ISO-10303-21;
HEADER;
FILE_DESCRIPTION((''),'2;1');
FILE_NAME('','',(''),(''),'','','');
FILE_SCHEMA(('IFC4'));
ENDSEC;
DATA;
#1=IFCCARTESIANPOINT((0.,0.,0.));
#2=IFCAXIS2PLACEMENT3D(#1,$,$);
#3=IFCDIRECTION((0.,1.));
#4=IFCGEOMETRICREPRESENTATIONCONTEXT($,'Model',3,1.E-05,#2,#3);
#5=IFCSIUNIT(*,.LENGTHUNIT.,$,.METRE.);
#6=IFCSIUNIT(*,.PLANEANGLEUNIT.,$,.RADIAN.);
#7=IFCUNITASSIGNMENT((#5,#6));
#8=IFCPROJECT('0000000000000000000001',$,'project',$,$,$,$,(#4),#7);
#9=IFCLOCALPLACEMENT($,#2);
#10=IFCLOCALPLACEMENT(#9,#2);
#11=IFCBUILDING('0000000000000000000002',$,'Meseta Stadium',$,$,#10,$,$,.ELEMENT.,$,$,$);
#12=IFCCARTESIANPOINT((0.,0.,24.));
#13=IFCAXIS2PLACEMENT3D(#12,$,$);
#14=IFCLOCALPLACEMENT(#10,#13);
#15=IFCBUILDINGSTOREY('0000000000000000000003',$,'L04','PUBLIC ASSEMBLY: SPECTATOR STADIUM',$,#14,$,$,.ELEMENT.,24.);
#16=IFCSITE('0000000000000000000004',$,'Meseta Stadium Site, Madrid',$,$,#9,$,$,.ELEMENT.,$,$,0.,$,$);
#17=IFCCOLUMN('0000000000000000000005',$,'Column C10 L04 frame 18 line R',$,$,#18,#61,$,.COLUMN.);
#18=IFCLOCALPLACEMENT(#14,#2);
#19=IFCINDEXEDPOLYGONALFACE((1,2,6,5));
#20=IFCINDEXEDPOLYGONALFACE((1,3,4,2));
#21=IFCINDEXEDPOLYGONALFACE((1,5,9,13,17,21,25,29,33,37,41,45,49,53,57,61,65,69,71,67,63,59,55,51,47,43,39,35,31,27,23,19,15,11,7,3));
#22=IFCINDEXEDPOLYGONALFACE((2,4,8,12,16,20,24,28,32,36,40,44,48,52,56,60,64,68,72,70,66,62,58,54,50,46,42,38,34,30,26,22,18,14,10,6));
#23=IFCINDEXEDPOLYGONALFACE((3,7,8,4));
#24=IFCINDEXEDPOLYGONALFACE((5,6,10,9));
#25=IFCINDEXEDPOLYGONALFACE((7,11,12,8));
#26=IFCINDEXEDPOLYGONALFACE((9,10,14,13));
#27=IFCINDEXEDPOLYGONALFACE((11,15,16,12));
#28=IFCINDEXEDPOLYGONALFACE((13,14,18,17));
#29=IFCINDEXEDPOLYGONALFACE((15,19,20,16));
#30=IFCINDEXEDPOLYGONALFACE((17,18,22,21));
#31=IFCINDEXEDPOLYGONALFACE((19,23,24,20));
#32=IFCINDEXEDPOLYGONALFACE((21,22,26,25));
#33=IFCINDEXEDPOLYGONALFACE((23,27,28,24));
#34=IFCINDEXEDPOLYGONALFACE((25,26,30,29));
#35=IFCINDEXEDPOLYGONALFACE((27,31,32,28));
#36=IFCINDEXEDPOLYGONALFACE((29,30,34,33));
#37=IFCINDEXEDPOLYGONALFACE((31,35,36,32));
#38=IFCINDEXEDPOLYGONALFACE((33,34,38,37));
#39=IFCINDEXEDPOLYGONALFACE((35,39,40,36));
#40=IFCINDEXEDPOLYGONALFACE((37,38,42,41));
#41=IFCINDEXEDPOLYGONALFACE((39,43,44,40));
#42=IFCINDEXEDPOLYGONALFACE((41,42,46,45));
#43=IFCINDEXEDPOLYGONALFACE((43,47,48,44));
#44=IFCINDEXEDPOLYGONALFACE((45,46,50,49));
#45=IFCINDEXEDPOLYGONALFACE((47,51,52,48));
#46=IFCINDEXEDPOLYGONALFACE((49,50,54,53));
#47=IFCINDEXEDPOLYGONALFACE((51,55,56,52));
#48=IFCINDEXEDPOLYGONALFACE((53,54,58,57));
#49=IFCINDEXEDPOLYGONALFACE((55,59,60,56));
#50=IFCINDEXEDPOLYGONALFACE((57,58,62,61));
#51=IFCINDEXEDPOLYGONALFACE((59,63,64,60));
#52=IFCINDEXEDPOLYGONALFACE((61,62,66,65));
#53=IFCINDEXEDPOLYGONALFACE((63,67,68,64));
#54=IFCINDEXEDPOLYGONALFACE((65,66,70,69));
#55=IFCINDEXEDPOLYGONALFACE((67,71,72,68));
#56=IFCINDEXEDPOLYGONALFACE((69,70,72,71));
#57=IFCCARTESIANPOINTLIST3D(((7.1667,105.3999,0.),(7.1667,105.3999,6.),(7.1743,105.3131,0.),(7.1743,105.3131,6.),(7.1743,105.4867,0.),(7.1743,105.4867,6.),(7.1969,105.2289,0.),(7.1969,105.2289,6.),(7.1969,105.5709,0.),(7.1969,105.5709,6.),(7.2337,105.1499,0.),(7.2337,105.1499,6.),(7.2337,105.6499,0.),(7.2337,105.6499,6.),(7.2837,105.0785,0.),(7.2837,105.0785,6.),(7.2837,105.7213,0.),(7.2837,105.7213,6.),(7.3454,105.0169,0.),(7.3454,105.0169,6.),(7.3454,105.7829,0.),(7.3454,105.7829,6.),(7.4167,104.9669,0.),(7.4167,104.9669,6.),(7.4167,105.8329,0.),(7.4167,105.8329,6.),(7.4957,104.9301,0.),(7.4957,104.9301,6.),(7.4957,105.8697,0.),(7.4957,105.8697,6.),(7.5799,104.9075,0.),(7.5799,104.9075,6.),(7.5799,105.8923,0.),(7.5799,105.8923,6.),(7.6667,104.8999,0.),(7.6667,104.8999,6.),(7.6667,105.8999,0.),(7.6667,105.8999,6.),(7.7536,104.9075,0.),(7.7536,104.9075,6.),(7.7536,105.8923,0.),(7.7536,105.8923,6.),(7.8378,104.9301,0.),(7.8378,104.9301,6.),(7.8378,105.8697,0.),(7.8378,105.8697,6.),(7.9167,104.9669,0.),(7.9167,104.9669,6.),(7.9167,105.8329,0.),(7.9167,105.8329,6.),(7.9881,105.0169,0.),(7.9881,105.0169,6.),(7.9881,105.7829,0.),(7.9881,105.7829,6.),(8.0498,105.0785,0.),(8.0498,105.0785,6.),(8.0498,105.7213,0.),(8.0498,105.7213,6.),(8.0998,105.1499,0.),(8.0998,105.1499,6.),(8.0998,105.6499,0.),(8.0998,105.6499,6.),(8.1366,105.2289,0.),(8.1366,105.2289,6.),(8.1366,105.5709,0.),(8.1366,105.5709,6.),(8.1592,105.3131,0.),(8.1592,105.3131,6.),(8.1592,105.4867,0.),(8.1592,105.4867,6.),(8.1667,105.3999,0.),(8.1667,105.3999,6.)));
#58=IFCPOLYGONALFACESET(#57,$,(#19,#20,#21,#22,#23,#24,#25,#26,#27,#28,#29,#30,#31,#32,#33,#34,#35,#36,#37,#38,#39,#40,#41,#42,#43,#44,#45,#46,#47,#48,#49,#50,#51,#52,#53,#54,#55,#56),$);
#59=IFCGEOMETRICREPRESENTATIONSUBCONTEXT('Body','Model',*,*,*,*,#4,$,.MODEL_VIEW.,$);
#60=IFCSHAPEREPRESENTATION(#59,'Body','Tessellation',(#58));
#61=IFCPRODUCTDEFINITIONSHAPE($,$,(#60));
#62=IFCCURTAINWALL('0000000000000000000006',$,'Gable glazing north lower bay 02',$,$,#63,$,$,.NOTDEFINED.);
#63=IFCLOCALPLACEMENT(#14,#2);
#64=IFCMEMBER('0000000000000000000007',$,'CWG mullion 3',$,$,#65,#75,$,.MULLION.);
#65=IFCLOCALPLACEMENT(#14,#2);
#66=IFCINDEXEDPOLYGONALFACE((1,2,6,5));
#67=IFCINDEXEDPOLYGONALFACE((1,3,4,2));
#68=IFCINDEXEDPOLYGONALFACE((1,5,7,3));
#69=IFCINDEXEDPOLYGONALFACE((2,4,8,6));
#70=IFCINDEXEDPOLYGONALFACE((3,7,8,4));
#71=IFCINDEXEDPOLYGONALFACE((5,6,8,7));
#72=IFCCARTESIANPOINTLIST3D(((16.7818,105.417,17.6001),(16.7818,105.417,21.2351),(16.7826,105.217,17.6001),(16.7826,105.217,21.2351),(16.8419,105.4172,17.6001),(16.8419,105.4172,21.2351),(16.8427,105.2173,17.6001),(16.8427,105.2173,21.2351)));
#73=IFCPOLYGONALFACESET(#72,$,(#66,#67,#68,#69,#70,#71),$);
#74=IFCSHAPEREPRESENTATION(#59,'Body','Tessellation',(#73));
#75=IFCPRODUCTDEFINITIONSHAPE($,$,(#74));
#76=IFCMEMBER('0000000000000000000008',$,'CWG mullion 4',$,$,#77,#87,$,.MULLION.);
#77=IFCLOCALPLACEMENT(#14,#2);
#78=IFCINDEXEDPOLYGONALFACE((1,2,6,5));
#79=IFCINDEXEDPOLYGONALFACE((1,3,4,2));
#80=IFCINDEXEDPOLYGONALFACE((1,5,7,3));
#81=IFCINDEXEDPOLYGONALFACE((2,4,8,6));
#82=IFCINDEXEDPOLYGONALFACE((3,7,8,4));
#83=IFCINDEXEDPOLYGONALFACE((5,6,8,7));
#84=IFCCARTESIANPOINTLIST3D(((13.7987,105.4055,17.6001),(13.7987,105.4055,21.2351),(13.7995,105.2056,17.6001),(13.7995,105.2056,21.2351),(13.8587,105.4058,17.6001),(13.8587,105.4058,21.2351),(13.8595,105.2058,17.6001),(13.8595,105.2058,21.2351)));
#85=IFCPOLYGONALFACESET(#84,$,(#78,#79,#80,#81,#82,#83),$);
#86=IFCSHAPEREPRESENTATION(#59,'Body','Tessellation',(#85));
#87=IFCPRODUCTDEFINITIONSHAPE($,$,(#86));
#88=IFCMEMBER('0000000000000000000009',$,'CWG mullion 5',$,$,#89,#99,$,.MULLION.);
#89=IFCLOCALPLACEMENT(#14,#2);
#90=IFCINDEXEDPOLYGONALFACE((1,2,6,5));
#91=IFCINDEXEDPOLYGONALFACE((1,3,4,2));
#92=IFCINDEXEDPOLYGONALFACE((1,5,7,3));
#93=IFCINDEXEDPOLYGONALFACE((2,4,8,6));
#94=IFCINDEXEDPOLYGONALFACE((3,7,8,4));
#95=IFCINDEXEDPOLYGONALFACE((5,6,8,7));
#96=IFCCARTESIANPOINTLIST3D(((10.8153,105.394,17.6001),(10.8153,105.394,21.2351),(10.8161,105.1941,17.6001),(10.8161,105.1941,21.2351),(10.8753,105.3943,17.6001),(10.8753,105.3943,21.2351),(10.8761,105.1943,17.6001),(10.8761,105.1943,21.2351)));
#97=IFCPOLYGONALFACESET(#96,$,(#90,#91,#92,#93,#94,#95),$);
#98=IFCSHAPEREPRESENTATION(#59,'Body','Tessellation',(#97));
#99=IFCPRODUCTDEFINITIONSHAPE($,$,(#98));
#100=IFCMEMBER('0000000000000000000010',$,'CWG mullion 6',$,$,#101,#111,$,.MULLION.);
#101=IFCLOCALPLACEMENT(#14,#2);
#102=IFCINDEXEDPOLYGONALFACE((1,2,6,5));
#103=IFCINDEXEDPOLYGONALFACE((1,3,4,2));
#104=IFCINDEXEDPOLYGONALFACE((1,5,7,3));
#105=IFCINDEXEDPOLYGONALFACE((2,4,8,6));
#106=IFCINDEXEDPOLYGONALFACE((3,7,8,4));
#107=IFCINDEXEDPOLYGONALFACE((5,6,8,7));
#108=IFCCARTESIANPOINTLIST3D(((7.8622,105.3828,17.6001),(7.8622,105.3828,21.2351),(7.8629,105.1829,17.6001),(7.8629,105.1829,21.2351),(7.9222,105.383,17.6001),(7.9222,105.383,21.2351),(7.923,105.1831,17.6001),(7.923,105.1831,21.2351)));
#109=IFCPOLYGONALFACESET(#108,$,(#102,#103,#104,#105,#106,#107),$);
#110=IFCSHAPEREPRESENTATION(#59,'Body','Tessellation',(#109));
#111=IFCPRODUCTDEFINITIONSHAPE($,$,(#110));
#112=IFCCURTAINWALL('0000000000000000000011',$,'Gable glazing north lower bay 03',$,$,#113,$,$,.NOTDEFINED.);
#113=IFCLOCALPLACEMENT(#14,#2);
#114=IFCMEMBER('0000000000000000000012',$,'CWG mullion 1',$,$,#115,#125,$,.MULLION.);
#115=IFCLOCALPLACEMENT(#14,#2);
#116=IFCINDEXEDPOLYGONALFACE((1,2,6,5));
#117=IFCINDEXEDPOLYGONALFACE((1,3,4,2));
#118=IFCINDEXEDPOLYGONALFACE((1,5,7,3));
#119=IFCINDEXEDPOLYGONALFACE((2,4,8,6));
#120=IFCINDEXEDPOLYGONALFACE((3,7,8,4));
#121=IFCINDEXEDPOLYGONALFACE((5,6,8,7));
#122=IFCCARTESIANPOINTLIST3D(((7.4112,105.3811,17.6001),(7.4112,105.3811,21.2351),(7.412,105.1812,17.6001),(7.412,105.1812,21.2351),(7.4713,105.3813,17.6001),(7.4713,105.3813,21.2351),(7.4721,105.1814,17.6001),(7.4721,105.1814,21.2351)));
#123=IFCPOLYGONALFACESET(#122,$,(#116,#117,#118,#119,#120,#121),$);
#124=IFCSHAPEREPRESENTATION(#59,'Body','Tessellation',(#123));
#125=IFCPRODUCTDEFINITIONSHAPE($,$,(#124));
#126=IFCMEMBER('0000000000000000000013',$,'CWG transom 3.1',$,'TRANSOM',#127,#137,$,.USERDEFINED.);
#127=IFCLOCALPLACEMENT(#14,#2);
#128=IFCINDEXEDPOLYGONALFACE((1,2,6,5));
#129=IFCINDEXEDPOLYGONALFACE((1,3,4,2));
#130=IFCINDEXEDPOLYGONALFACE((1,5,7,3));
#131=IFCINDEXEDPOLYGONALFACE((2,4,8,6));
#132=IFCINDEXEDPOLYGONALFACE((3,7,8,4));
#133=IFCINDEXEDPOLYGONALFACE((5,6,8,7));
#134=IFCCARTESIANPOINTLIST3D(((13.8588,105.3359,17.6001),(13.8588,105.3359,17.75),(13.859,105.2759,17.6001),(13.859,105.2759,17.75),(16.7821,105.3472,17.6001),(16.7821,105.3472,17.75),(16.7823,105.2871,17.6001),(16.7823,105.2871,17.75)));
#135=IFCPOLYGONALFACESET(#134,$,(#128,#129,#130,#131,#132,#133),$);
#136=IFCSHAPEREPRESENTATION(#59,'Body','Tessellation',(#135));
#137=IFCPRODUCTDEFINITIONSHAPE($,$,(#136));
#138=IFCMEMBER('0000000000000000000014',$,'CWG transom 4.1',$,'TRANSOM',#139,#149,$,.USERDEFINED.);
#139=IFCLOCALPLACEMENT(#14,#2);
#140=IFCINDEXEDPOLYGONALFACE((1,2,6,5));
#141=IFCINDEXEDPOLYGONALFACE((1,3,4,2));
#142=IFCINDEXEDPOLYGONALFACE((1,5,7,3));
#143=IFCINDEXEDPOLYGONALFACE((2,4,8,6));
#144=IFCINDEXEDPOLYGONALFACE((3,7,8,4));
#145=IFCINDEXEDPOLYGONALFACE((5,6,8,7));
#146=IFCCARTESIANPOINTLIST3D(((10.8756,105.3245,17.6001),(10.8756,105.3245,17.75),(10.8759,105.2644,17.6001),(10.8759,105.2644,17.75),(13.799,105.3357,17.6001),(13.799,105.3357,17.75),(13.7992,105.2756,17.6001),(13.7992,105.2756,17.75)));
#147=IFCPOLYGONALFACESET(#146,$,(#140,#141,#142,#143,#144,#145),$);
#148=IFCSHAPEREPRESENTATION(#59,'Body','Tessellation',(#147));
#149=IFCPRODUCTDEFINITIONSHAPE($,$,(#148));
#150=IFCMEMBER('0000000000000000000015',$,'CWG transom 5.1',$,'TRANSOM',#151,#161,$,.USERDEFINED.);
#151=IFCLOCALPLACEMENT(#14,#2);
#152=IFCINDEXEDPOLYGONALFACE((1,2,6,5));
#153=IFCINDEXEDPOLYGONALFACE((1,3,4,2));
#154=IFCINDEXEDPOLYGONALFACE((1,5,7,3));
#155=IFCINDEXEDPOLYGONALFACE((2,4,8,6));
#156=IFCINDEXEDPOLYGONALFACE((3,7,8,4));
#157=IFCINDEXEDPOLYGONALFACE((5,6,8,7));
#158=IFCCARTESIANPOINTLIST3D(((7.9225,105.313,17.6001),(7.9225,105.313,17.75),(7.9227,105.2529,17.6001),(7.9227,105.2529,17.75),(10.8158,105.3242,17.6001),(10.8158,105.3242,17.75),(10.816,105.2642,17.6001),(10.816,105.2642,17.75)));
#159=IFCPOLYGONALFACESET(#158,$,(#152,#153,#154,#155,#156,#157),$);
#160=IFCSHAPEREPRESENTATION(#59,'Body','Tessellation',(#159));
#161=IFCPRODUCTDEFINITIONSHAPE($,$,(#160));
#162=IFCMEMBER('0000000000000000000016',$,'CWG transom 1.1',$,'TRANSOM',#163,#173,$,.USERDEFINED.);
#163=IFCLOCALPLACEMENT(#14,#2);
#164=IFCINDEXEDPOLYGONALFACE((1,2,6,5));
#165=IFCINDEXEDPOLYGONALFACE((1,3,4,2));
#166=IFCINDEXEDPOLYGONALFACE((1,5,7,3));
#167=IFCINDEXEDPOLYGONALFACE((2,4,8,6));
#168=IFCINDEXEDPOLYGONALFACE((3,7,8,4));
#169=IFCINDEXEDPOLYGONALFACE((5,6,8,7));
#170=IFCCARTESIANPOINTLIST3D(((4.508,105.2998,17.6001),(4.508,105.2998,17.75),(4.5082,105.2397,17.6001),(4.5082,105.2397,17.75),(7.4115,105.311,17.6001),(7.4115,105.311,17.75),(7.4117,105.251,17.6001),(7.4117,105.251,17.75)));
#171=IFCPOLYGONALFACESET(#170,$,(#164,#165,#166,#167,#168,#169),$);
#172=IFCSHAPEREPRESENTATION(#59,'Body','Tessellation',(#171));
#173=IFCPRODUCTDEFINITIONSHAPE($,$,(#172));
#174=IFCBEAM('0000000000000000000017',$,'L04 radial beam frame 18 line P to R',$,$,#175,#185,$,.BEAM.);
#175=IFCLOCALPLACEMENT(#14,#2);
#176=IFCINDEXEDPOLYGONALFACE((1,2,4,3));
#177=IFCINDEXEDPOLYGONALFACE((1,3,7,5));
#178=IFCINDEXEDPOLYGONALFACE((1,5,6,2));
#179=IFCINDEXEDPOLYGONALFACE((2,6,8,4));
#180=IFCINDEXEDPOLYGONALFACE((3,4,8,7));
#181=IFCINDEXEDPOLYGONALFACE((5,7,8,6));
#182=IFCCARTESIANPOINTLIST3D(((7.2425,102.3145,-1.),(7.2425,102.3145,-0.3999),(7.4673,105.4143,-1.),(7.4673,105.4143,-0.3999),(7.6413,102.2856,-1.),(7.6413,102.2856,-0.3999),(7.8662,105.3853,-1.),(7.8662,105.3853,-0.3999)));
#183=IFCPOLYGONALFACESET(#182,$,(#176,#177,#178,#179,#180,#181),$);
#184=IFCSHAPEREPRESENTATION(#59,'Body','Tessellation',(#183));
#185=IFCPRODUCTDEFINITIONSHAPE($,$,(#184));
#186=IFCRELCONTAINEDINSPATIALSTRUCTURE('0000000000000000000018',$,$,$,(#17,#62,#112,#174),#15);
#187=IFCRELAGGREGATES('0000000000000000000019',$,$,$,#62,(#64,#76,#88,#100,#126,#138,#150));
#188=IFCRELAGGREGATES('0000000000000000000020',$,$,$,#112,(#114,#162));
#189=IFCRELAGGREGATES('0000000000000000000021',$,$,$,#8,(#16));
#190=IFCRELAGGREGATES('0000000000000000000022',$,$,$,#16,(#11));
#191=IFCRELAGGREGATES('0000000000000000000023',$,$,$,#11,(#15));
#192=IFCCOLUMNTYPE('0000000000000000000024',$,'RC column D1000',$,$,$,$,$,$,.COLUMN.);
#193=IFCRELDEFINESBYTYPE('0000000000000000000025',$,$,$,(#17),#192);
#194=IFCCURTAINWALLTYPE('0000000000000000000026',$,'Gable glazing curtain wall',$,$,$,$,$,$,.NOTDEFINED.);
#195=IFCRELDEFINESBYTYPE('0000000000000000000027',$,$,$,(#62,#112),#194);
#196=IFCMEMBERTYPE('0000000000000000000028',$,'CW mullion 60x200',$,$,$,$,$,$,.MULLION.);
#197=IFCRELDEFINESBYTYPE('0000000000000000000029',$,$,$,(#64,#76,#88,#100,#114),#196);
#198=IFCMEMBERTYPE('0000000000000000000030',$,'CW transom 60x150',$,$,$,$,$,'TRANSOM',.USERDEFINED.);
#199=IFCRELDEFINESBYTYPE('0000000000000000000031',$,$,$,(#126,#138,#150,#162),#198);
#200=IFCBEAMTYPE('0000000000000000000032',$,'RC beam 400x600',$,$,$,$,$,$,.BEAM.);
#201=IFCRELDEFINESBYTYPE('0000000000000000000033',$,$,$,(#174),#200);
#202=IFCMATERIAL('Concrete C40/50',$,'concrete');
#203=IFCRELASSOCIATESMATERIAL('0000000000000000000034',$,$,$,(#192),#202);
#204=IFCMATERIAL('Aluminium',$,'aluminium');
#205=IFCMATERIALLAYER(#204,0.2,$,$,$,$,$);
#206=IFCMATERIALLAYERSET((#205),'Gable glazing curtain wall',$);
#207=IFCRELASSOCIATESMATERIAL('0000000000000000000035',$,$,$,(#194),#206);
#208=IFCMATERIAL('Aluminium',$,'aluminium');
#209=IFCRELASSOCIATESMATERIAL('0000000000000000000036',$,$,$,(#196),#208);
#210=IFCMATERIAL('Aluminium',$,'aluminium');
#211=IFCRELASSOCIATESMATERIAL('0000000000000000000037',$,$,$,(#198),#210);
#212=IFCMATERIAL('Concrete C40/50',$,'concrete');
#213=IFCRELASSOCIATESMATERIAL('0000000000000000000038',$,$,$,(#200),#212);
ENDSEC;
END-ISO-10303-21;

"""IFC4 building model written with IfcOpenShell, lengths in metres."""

from ifc_helpers import new_model, si_unit, direction, frame, origin, origin_2d, place, context, subcontext, project, spatial, rectangle, circle, extrude, material, layer, layer_set, material_profile, profile_set, type_object, element, aggregate, save


model = new_model("IFC4")

# Units and contexts
model_context = context("Model", 3, precision=1e-05, world=origin(), true_north=direction((0.0, 1.0)))
body_context = subcontext(model_context, "Body", "Model", "MODEL_VIEW")
ifc_project = project(units=[si_unit("LENGTHUNIT", "METRE"), si_unit("PLANEANGLEUNIT", "RADIAN")], contexts=[model_context])

# Site, building, storey
site_placement = place(None, origin())
site = spatial("IfcSite", under=ifc_project, at=site_placement, Name="Meseta Stadium Site, Madrid", CompositionType="ELEMENT", RefElevation=0.0)
building_placement = place(site_placement, origin())
building = spatial("IfcBuilding", under=site, at=building_placement, Name="Meseta Stadium", CompositionType="ELEMENT")
storey_placement = place(building_placement, frame((0.0, 0.0, 24.0)))
storey = spatial("IfcBuildingStorey", under=building, at=storey_placement, Name="L04", Description="PUBLIC ASSEMBLY: SPECTATOR STADIUM", CompositionType="ELEMENT", Elevation=24.0)

# Column
ifc_material_1 = material(Name="Concrete C40/50", Category="concrete")
ifc_material_profile_1 = material_profile(ifc_material_1, circle(Radius=0.5, at=origin_2d()), Name="RC D1000")
ifc_profile_set_1 = profile_set([ifc_material_profile_1], Name="Concrete C40/50")
column_type = type_object("IfcColumnType", Name="RC column D1000", PredefinedType="COLUMN", material=ifc_profile_set_1)
column_placement = place(storey_placement, frame((7.6667, 105.3999, 0.0), z_axis=(0.0, 0.0, 1.0), x_axis=(1.0, 0.0, 0.0)))
element("IfcColumn", 1, at=column_placement, inside=storey, type_object=column_type, Name="Column C10 L04 frame 18 line R", PredefinedType="COLUMN", context=body_context, shape_type="SweptSolid", body=[
    extrude(circle(Radius=0.5, at=origin_2d()), origin(), (0.0, 0.0, 1.0), 6.0),
])

# Curtain wall, members
ifc_material_2 = material(Name="Aluminium", Category="aluminium")
ifc_layer_1 = layer(ifc_material_2, 0.2)
ifc_layer_set_1 = layer_set([ifc_layer_1], Name="Gable glazing curtain wall")
curtain_wall_type = type_object("IfcCurtainWallType", Name="Gable glazing curtain wall", PredefinedType="NOTDEFINED", material=ifc_layer_set_1)
curtain_wall_1_placement = place(storey_placement, origin())
curtain_wall_1 = element("IfcCurtainWall", 2, at=curtain_wall_1_placement, inside=storey, type_object=curtain_wall_type, Name="Gable glazing north lower bay 02", PredefinedType="NOTDEFINED")
ifc_material_3 = material(Name="Aluminium", Category="aluminium")
ifc_material_profile_2 = material_profile(ifc_material_3, rectangle(XDim=0.2, YDim=0.0601, at=origin_2d()), Name="CW 200x60")
ifc_profile_set_2 = profile_set([ifc_material_profile_2], Name="Aluminium")
member_type_1 = type_object("IfcMemberType", Name="CW mullion 60x200", PredefinedType="MULLION", material=ifc_profile_set_2)
member_1_placement = place(storey_placement, frame((16.8123, 105.3171, 17.6001), z_axis=(0.0, 0.0, 1.0), x_axis=(0.003848, -0.999993, 0.0)))
member_1 = element("IfcMember", 3, at=member_1_placement, type_object=member_type_1, Name="CWG mullion 3", PredefinedType="MULLION", context=body_context, shape_type="SweptSolid", body=[
    extrude(rectangle(XDim=0.2, YDim=0.0601, at=origin_2d()), origin(), (0.0, 0.0, 1.0), 3.635),
])
member_2_placement = place(storey_placement, frame((13.8291, 105.3057, 17.6001), z_axis=(0.0, 0.0, 1.0), x_axis=(0.003848, -0.999993, 0.0)))
member_2 = element("IfcMember", 4, at=member_2_placement, type_object=member_type_1, Name="CWG mullion 4", PredefinedType="MULLION", context=body_context, shape_type="SweptSolid", body=[
    extrude(rectangle(XDim=0.2, YDim=0.0601, at=origin_2d()), origin(), (0.0, 0.0, 1.0), 3.635),
])
member_3_placement = place(storey_placement, frame((10.8457, 105.2942, 17.6001), z_axis=(0.0, 0.0, 1.0), x_axis=(0.003848, -0.999993, 0.0)))
member_3 = element("IfcMember", 5, at=member_3_placement, type_object=member_type_1, Name="CWG mullion 5", PredefinedType="MULLION", context=body_context, shape_type="SweptSolid", body=[
    extrude(rectangle(XDim=0.2, YDim=0.0601, at=origin_2d()), origin(), (0.0, 0.0, 1.0), 3.635),
])
member_4_placement = place(storey_placement, frame((7.8926, 105.283, 17.6001), z_axis=(0.0, 0.0, 1.0), x_axis=(0.003848, -0.999993, 0.0)))
member_4 = element("IfcMember", 6, at=member_4_placement, type_object=member_type_1, Name="CWG mullion 6", PredefinedType="MULLION", context=body_context, shape_type="SweptSolid", body=[
    extrude(rectangle(XDim=0.2, YDim=0.0601, at=origin_2d()), origin(), (0.0, 0.0, 1.0), 3.635),
])

# Curtain wall, member
curtain_wall_2_placement = place(storey_placement, origin())
curtain_wall_2 = element("IfcCurtainWall", 7, at=curtain_wall_2_placement, inside=storey, type_object=curtain_wall_type, Name="Gable glazing north lower bay 03", PredefinedType="NOTDEFINED")
member_5_placement = place(storey_placement, frame((7.4417, 105.2812, 17.6001), z_axis=(0.0, 0.0, 1.0), x_axis=(0.003848, -0.999993, 0.0)))
member_5 = element("IfcMember", 8, at=member_5_placement, type_object=member_type_1, Name="CWG mullion 1", PredefinedType="MULLION", context=body_context, shape_type="SweptSolid", body=[
    extrude(rectangle(XDim=0.2, YDim=0.0601, at=origin_2d()), origin(), (0.0, 0.0, 1.0), 3.635),
])

# Members
ifc_material_4 = material(Name="Aluminium", Category="aluminium")
ifc_material_profile_3 = material_profile(ifc_material_4, rectangle(XDim=0.0601, YDim=0.1499, at=origin_2d()), Name="CW 60x150")
ifc_profile_set_3 = profile_set([ifc_material_profile_3], Name="Aluminium")
member_type_2 = type_object("IfcMemberType", Name="CW transom 60x150", ElementType="TRANSOM", PredefinedType="USERDEFINED", material=ifc_profile_set_3)
member_6_placement = place(storey_placement, frame((16.7822, 105.3171, 17.675), z_axis=(-0.999993, -0.003842, 0.0), x_axis=(0.003842, -0.999993, 0.0)))
member_6 = element("IfcMember", 9, at=member_6_placement, type_object=member_type_2, Name="CWG transom 3.1", ObjectType="TRANSOM", PredefinedType="USERDEFINED", context=body_context, shape_type="SweptSolid", body=[
    extrude(rectangle(XDim=0.0601, YDim=0.1499, at=origin_2d()), origin(), (0.0, 0.0, 1.0), 2.9233),
])
member_7_placement = place(storey_placement, frame((13.7991, 105.3057, 17.675), z_axis=(-0.999993, -0.003842, 0.0), x_axis=(0.003842, -0.999993, 0.0)))
member_7 = element("IfcMember", 10, at=member_7_placement, type_object=member_type_2, Name="CWG transom 4.1", ObjectType="TRANSOM", PredefinedType="USERDEFINED", context=body_context, shape_type="SweptSolid", body=[
    extrude(rectangle(XDim=0.0601, YDim=0.1499, at=origin_2d()), origin(), (0.0, 0.0, 1.0), 2.9233),
])
member_8_placement = place(storey_placement, frame((10.8159, 105.2942, 17.675), z_axis=(-0.999992, -0.003881, 0.0), x_axis=(0.003881, -0.999992, 0.0)))
member_8 = element("IfcMember", 11, at=member_8_placement, type_object=member_type_2, Name="CWG transom 5.1", ObjectType="TRANSOM", PredefinedType="USERDEFINED", context=body_context, shape_type="SweptSolid", body=[
    extrude(rectangle(XDim=0.0601, YDim=0.1499, at=origin_2d()), origin(), (0.0, 0.0, 1.0), 2.8933),
])
aggregate(curtain_wall_1, [member_1, member_2, member_3, member_4, member_6, member_7, member_8])
member_9_placement = place(storey_placement, frame((7.4116, 105.281, 17.675), z_axis=(-0.999993, -0.003868, 0.0), x_axis=(0.003868, -0.999993, 0.0)))
member_9 = element("IfcMember", 12, at=member_9_placement, type_object=member_type_2, Name="CWG transom 1.1", ObjectType="TRANSOM", PredefinedType="USERDEFINED", context=body_context, shape_type="SweptSolid", body=[
    extrude(rectangle(XDim=0.0601, YDim=0.1499, at=origin_2d()), origin(), (0.0, 0.0, 1.0), 2.9036),
])
aggregate(curtain_wall_2, [member_5, member_9])

# Beam
ifc_material_5 = material(Name="Concrete C40/50", Category="concrete")
ifc_material_profile_4 = material_profile(ifc_material_5, rectangle(XDim=0.3999, YDim=0.6001, at=origin_2d()), Name="RC 400x600")
ifc_profile_set_4 = profile_set([ifc_material_profile_4], Name="Concrete C40/50")
beam_type_1 = type_object("IfcBeamType", Name="RC beam 400x600", PredefinedType="BEAM", material=ifc_profile_set_4)
beam_1_placement = place(storey_placement, frame((7.4419, 102.3, -0.7), z_axis=(0.072347, 0.99738, 0.0), x_axis=(-0.99738, 0.072347, 0.0)))
element("IfcBeam", 13, at=beam_1_placement, inside=storey, type_object=beam_type_1, Name="L04 radial beam frame 18 line P to R", PredefinedType="BEAM", context=body_context, shape_type="SweptSolid", body=[
    extrude(rectangle(XDim=0.3999, YDim=0.6001, at=origin_2d()), origin(), (0.0, 0.0, 1.0), 3.1079),
])

save(model, "model.ifc")
